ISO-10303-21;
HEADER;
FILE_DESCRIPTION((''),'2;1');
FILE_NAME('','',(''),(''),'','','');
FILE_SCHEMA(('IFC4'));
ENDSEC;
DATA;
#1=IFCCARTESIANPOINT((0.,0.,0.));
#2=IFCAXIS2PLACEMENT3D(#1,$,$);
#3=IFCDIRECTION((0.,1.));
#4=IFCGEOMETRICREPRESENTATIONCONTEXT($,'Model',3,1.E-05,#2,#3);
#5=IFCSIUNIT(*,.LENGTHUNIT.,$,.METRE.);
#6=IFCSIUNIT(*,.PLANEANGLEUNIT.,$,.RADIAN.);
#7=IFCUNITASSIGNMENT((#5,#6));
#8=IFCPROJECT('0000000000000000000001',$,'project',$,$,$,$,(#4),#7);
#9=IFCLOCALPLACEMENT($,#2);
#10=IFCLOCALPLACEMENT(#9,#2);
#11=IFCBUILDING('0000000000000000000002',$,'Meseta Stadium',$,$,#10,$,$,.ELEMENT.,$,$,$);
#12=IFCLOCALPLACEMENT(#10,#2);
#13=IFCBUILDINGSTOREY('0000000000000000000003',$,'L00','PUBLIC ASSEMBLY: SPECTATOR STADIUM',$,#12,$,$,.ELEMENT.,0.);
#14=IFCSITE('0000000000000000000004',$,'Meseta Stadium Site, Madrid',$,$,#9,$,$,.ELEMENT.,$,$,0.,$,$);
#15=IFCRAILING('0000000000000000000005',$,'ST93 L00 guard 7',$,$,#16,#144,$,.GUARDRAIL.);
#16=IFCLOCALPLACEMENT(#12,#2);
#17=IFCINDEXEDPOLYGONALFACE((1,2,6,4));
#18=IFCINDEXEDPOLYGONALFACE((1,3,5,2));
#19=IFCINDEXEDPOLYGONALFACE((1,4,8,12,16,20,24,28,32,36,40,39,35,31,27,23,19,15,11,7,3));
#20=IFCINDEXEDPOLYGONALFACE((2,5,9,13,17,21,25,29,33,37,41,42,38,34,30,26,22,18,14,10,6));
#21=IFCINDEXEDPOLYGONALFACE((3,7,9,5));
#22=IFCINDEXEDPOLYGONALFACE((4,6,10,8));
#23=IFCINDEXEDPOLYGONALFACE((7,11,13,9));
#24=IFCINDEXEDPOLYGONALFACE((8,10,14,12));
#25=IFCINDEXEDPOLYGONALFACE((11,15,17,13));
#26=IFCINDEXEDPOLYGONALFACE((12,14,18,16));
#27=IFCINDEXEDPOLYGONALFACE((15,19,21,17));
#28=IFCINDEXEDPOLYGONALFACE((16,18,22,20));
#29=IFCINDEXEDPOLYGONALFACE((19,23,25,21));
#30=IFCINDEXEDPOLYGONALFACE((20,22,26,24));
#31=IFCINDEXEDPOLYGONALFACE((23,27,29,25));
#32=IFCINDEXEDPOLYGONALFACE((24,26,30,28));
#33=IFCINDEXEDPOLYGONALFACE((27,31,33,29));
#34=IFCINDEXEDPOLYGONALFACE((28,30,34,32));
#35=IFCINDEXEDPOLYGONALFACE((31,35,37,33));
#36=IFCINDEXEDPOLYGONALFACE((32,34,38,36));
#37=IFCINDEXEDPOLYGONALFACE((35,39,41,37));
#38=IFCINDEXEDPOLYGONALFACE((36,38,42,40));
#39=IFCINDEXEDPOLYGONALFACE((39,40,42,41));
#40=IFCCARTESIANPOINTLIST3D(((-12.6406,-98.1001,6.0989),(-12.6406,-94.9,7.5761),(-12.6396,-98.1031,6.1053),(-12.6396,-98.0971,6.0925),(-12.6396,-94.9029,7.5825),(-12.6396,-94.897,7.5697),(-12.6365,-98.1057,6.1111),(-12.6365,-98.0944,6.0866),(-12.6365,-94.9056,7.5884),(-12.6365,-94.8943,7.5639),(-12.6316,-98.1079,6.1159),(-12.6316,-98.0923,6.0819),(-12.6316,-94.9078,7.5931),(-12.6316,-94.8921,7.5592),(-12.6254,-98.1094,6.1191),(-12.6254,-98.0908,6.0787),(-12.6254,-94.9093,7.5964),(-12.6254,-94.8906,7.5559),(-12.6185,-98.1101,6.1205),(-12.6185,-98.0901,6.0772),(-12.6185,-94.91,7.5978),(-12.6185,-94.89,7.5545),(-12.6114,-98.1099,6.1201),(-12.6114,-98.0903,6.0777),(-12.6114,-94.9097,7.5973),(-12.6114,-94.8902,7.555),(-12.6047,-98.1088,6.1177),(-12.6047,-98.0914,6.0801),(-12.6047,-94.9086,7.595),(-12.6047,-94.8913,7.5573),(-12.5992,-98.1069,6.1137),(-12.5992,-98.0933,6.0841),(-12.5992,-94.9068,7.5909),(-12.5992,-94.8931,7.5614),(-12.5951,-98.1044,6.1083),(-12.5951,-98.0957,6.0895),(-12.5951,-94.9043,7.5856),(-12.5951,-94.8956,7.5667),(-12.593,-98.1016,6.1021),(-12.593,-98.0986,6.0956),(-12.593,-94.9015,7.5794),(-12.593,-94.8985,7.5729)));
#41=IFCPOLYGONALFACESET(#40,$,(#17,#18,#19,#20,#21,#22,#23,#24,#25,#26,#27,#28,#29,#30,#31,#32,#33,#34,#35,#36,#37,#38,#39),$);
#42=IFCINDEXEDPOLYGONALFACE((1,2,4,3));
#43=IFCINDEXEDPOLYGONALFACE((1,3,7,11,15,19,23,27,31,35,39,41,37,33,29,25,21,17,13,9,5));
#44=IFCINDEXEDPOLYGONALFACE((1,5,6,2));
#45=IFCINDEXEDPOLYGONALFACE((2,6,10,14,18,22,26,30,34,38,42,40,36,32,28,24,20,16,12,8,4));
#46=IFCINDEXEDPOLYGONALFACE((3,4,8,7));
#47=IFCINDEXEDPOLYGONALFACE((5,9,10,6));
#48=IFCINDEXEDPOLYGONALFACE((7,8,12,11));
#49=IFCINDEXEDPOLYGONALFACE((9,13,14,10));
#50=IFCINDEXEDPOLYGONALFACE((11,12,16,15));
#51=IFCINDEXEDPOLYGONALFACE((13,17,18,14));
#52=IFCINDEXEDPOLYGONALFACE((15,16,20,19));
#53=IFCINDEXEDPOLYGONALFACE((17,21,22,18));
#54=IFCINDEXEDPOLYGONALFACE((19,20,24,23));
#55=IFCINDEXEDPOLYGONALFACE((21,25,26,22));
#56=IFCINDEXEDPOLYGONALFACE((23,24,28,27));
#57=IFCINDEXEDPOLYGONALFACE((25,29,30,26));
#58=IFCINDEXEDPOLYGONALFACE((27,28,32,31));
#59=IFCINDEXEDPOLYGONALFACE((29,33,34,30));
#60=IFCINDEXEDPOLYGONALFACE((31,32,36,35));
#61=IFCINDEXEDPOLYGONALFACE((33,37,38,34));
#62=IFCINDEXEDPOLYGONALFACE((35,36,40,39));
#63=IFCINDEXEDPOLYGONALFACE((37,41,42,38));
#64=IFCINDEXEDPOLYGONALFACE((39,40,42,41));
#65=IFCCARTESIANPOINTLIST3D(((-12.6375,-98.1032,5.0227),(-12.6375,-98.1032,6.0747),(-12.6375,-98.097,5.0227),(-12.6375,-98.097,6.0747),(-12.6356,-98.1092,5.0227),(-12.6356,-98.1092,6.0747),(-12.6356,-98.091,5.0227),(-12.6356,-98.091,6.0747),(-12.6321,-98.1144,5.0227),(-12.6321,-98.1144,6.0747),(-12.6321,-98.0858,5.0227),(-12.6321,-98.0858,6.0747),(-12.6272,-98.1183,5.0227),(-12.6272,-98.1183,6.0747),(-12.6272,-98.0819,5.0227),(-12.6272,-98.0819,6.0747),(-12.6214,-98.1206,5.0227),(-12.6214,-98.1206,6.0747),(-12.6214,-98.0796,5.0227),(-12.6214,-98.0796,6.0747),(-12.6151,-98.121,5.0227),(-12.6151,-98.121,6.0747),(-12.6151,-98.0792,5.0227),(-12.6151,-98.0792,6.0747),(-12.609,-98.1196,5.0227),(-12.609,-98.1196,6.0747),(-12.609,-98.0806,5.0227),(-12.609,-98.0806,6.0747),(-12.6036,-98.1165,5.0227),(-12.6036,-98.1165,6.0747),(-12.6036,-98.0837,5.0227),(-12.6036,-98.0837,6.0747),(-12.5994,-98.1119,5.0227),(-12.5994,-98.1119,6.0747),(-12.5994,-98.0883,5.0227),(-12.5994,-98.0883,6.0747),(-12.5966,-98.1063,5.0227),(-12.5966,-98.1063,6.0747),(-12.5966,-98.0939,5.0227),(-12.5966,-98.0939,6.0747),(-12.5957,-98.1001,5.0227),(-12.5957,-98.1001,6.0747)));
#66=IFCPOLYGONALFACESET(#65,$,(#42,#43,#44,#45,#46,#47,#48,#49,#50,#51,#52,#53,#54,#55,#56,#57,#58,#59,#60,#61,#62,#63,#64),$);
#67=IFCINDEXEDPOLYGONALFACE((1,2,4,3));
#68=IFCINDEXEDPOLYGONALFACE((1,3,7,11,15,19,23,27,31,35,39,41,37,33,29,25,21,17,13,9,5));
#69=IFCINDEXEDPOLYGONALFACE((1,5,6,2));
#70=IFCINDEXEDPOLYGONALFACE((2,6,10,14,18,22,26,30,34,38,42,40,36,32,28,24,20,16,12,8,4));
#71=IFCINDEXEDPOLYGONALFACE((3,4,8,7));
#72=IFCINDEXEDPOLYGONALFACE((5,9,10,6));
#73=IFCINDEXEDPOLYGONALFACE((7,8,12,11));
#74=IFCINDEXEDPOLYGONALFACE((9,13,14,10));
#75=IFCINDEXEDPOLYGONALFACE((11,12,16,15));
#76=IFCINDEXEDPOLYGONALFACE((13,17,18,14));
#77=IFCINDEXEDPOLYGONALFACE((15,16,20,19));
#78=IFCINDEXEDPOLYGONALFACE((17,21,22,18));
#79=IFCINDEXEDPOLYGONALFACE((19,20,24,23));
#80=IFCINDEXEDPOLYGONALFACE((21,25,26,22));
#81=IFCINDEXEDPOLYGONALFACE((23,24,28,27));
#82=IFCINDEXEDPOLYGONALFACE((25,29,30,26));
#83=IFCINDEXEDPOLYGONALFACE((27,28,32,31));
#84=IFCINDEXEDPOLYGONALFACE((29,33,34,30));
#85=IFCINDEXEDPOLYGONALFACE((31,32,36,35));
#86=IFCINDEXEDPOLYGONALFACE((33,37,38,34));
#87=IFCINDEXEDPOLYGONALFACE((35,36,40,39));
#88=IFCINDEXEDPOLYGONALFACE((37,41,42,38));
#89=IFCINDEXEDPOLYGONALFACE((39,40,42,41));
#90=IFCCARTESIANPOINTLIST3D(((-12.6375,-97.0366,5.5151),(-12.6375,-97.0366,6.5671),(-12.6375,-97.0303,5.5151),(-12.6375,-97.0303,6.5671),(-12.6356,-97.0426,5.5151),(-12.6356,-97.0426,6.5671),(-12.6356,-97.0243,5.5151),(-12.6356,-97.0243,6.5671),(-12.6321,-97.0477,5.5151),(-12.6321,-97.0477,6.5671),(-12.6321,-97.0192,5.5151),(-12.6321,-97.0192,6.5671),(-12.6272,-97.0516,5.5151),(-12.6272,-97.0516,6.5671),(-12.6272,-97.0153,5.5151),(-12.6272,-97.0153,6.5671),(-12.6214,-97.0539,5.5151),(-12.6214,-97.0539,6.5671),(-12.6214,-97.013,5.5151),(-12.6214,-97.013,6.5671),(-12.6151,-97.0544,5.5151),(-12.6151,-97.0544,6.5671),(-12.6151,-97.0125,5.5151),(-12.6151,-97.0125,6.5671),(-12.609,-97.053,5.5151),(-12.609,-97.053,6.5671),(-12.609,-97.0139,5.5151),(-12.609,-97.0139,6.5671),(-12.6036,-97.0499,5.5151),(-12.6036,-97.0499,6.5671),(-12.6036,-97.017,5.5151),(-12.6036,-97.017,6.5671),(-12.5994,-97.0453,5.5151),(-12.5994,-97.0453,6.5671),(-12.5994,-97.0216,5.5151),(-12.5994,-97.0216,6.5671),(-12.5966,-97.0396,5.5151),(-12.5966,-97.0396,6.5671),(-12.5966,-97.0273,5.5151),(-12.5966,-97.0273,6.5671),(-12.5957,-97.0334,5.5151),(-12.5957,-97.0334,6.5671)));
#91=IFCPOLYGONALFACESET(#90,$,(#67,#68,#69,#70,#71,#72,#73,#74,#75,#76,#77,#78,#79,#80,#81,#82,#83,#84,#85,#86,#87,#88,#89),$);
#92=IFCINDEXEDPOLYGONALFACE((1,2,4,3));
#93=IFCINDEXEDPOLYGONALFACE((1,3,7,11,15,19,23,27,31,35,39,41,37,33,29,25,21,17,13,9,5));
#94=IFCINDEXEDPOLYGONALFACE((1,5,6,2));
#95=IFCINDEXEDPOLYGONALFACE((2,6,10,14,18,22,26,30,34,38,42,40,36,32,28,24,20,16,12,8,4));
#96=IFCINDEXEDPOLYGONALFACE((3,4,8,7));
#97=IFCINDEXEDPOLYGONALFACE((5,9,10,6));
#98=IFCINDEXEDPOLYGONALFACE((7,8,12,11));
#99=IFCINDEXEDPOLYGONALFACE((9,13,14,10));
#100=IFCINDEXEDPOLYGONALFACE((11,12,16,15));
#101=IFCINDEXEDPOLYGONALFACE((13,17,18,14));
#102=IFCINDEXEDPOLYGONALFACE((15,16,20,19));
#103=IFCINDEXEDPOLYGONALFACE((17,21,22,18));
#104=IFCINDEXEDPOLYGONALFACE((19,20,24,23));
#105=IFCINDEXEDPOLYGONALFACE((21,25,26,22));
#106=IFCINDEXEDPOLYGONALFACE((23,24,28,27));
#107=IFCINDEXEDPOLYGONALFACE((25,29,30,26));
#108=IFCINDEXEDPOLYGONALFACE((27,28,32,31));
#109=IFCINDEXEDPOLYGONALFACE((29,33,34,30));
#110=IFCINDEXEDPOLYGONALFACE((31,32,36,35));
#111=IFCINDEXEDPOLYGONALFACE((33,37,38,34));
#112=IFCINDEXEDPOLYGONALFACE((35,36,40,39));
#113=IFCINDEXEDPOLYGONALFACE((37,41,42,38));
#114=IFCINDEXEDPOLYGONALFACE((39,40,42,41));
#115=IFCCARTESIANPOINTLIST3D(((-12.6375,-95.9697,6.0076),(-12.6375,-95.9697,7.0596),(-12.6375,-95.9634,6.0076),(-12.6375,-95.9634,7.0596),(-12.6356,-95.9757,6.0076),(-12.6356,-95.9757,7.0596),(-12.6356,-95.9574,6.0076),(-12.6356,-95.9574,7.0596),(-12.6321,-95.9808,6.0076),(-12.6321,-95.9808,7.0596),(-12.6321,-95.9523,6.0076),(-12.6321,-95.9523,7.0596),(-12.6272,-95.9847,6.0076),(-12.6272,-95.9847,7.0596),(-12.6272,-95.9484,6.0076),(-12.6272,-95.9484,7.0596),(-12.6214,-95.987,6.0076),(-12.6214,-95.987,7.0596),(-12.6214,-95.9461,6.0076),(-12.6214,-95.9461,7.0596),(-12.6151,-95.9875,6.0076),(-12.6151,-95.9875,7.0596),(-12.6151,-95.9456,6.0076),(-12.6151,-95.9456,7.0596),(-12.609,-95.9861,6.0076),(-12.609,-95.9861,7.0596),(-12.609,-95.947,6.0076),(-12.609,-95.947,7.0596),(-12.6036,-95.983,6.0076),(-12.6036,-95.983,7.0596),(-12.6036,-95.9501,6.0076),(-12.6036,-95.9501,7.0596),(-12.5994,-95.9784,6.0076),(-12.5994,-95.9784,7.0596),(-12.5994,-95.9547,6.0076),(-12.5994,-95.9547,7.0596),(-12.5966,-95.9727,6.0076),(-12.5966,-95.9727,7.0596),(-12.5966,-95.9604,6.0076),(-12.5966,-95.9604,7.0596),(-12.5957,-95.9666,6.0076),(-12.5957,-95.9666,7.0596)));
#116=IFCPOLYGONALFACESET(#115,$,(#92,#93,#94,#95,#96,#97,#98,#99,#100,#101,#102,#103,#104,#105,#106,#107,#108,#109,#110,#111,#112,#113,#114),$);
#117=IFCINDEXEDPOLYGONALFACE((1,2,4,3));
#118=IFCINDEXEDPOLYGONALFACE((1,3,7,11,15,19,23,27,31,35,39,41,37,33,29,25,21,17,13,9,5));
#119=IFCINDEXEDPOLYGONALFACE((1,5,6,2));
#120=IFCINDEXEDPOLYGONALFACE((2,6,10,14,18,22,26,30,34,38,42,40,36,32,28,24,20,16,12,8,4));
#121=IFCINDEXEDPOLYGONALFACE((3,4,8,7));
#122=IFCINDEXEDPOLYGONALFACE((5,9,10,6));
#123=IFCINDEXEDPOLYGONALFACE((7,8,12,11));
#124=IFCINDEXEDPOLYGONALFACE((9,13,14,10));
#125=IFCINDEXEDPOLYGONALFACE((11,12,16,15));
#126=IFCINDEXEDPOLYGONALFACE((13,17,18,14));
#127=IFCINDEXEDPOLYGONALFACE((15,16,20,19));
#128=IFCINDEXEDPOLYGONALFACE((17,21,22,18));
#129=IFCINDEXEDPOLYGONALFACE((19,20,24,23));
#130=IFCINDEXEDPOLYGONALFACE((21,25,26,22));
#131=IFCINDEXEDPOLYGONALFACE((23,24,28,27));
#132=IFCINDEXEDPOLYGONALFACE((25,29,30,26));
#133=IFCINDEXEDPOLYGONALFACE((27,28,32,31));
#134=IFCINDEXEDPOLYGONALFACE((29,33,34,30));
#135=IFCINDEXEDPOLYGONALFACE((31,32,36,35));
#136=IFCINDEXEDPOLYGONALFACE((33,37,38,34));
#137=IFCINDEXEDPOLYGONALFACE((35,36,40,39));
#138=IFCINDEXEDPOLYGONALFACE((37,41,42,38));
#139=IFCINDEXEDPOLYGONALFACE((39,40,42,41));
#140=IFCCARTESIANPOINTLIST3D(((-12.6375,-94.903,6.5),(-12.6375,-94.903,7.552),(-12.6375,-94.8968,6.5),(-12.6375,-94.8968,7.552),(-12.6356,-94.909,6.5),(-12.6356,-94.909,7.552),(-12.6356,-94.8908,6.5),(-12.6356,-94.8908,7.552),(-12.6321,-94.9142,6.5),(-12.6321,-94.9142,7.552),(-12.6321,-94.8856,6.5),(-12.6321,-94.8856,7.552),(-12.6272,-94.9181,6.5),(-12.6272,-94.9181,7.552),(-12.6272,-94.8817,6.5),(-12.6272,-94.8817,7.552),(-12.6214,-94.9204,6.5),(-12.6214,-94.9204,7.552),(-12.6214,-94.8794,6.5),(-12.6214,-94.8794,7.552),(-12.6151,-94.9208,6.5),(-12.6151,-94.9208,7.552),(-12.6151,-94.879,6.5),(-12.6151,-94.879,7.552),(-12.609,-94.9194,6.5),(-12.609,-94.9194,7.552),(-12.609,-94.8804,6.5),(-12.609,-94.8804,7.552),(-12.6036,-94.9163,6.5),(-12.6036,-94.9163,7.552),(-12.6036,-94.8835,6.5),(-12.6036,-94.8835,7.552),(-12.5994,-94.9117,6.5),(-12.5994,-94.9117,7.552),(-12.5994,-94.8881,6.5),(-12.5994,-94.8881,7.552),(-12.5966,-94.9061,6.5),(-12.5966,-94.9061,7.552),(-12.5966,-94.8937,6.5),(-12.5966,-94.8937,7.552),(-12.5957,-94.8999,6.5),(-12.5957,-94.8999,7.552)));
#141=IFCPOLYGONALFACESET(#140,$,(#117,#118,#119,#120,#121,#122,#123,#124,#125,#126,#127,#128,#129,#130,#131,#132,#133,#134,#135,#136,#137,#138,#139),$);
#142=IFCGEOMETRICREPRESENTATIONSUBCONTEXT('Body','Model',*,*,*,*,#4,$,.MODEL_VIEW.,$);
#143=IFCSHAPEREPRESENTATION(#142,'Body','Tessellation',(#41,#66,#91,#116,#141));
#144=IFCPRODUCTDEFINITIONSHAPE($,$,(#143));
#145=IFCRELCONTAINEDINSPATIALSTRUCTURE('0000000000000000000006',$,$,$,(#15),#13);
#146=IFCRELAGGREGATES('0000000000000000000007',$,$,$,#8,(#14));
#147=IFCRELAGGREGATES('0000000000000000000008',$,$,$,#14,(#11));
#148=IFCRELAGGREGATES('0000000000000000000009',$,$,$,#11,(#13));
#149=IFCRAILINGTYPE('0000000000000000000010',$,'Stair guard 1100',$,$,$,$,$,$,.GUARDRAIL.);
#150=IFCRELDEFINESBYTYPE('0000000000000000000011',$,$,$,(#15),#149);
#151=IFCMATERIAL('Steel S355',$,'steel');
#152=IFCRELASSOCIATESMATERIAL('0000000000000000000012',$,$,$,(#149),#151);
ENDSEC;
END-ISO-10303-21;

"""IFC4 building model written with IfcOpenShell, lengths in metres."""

from ifc_helpers import new_model, si_unit, direction, frame, origin, origin_2d, place, context, subcontext, project, spatial, circle, extrude, material, type_object, element, save


model = new_model("IFC4")

# Units and contexts
model_context = context("Model", 3, precision=1e-05, world=origin(), true_north=direction((0.0, 1.0)))
body_context = subcontext(model_context, "Body", "Model", "MODEL_VIEW")
ifc_project = project(units=[si_unit("LENGTHUNIT", "METRE"), si_unit("PLANEANGLEUNIT", "RADIAN")], contexts=[model_context])

# Site, building, storey
site_placement = place(None, origin())
site = spatial("IfcSite", under=ifc_project, at=site_placement, Name="Meseta Stadium Site, Madrid", CompositionType="ELEMENT", RefElevation=0.0)
building_placement = place(site_placement, origin())
building = spatial("IfcBuilding", under=site, at=building_placement, Name="Meseta Stadium", CompositionType="ELEMENT")
storey_placement = place(building_placement, origin())
storey = spatial("IfcBuildingStorey", under=building, at=storey_placement, Name="L00", Description="PUBLIC ASSEMBLY: SPECTATOR STADIUM", CompositionType="ELEMENT", Elevation=0.0)

# Railing
ifc_material_1 = material(Name="Steel S355", Category="steel")
railing_type_1 = type_object("IfcRailingType", Name="Stair guard 1100", PredefinedType="GUARDRAIL", material=ifc_material_1)
railing_1_placement = place(storey_placement, frame((-12.6167, -98.1001, 5.0227)))
element("IfcRailing", 1, at=railing_1_placement, inside=storey, type_object=railing_type_1, Name="ST93 L00 guard 7", PredefinedType="GUARDRAIL", context=body_context, shape_type="SweptSolid", body=[
    extrude(circle(Radius=0.0239, at=origin_2d()), frame((0.0, 0.0, 1.0762), z_axis=(0.0, 0.907929, 0.419124), x_axis=(-1.0, 0.0, 0.0)), (0.0, 0.0, 1.0), 3.5247),
    extrude(circle(Radius=0.021, at=origin_2d()), origin(), (0.0, 0.0, 1.0), 1.052),
    extrude(circle(Radius=0.021, at=origin_2d()), frame((0.0, 1.0667, 0.4924)), (0.0, 0.0, 1.0), 1.052),
    extrude(circle(Radius=0.021, at=origin_2d()), frame((0.0, 2.1335, 0.9849)), (0.0, 0.0, 1.0), 1.052),
    extrude(circle(Radius=0.021, at=origin_2d()), frame((0.0, 3.2002, 1.4773)), (0.0, 0.0, 1.0), 1.052),
])

save(model, "model.ifc")
